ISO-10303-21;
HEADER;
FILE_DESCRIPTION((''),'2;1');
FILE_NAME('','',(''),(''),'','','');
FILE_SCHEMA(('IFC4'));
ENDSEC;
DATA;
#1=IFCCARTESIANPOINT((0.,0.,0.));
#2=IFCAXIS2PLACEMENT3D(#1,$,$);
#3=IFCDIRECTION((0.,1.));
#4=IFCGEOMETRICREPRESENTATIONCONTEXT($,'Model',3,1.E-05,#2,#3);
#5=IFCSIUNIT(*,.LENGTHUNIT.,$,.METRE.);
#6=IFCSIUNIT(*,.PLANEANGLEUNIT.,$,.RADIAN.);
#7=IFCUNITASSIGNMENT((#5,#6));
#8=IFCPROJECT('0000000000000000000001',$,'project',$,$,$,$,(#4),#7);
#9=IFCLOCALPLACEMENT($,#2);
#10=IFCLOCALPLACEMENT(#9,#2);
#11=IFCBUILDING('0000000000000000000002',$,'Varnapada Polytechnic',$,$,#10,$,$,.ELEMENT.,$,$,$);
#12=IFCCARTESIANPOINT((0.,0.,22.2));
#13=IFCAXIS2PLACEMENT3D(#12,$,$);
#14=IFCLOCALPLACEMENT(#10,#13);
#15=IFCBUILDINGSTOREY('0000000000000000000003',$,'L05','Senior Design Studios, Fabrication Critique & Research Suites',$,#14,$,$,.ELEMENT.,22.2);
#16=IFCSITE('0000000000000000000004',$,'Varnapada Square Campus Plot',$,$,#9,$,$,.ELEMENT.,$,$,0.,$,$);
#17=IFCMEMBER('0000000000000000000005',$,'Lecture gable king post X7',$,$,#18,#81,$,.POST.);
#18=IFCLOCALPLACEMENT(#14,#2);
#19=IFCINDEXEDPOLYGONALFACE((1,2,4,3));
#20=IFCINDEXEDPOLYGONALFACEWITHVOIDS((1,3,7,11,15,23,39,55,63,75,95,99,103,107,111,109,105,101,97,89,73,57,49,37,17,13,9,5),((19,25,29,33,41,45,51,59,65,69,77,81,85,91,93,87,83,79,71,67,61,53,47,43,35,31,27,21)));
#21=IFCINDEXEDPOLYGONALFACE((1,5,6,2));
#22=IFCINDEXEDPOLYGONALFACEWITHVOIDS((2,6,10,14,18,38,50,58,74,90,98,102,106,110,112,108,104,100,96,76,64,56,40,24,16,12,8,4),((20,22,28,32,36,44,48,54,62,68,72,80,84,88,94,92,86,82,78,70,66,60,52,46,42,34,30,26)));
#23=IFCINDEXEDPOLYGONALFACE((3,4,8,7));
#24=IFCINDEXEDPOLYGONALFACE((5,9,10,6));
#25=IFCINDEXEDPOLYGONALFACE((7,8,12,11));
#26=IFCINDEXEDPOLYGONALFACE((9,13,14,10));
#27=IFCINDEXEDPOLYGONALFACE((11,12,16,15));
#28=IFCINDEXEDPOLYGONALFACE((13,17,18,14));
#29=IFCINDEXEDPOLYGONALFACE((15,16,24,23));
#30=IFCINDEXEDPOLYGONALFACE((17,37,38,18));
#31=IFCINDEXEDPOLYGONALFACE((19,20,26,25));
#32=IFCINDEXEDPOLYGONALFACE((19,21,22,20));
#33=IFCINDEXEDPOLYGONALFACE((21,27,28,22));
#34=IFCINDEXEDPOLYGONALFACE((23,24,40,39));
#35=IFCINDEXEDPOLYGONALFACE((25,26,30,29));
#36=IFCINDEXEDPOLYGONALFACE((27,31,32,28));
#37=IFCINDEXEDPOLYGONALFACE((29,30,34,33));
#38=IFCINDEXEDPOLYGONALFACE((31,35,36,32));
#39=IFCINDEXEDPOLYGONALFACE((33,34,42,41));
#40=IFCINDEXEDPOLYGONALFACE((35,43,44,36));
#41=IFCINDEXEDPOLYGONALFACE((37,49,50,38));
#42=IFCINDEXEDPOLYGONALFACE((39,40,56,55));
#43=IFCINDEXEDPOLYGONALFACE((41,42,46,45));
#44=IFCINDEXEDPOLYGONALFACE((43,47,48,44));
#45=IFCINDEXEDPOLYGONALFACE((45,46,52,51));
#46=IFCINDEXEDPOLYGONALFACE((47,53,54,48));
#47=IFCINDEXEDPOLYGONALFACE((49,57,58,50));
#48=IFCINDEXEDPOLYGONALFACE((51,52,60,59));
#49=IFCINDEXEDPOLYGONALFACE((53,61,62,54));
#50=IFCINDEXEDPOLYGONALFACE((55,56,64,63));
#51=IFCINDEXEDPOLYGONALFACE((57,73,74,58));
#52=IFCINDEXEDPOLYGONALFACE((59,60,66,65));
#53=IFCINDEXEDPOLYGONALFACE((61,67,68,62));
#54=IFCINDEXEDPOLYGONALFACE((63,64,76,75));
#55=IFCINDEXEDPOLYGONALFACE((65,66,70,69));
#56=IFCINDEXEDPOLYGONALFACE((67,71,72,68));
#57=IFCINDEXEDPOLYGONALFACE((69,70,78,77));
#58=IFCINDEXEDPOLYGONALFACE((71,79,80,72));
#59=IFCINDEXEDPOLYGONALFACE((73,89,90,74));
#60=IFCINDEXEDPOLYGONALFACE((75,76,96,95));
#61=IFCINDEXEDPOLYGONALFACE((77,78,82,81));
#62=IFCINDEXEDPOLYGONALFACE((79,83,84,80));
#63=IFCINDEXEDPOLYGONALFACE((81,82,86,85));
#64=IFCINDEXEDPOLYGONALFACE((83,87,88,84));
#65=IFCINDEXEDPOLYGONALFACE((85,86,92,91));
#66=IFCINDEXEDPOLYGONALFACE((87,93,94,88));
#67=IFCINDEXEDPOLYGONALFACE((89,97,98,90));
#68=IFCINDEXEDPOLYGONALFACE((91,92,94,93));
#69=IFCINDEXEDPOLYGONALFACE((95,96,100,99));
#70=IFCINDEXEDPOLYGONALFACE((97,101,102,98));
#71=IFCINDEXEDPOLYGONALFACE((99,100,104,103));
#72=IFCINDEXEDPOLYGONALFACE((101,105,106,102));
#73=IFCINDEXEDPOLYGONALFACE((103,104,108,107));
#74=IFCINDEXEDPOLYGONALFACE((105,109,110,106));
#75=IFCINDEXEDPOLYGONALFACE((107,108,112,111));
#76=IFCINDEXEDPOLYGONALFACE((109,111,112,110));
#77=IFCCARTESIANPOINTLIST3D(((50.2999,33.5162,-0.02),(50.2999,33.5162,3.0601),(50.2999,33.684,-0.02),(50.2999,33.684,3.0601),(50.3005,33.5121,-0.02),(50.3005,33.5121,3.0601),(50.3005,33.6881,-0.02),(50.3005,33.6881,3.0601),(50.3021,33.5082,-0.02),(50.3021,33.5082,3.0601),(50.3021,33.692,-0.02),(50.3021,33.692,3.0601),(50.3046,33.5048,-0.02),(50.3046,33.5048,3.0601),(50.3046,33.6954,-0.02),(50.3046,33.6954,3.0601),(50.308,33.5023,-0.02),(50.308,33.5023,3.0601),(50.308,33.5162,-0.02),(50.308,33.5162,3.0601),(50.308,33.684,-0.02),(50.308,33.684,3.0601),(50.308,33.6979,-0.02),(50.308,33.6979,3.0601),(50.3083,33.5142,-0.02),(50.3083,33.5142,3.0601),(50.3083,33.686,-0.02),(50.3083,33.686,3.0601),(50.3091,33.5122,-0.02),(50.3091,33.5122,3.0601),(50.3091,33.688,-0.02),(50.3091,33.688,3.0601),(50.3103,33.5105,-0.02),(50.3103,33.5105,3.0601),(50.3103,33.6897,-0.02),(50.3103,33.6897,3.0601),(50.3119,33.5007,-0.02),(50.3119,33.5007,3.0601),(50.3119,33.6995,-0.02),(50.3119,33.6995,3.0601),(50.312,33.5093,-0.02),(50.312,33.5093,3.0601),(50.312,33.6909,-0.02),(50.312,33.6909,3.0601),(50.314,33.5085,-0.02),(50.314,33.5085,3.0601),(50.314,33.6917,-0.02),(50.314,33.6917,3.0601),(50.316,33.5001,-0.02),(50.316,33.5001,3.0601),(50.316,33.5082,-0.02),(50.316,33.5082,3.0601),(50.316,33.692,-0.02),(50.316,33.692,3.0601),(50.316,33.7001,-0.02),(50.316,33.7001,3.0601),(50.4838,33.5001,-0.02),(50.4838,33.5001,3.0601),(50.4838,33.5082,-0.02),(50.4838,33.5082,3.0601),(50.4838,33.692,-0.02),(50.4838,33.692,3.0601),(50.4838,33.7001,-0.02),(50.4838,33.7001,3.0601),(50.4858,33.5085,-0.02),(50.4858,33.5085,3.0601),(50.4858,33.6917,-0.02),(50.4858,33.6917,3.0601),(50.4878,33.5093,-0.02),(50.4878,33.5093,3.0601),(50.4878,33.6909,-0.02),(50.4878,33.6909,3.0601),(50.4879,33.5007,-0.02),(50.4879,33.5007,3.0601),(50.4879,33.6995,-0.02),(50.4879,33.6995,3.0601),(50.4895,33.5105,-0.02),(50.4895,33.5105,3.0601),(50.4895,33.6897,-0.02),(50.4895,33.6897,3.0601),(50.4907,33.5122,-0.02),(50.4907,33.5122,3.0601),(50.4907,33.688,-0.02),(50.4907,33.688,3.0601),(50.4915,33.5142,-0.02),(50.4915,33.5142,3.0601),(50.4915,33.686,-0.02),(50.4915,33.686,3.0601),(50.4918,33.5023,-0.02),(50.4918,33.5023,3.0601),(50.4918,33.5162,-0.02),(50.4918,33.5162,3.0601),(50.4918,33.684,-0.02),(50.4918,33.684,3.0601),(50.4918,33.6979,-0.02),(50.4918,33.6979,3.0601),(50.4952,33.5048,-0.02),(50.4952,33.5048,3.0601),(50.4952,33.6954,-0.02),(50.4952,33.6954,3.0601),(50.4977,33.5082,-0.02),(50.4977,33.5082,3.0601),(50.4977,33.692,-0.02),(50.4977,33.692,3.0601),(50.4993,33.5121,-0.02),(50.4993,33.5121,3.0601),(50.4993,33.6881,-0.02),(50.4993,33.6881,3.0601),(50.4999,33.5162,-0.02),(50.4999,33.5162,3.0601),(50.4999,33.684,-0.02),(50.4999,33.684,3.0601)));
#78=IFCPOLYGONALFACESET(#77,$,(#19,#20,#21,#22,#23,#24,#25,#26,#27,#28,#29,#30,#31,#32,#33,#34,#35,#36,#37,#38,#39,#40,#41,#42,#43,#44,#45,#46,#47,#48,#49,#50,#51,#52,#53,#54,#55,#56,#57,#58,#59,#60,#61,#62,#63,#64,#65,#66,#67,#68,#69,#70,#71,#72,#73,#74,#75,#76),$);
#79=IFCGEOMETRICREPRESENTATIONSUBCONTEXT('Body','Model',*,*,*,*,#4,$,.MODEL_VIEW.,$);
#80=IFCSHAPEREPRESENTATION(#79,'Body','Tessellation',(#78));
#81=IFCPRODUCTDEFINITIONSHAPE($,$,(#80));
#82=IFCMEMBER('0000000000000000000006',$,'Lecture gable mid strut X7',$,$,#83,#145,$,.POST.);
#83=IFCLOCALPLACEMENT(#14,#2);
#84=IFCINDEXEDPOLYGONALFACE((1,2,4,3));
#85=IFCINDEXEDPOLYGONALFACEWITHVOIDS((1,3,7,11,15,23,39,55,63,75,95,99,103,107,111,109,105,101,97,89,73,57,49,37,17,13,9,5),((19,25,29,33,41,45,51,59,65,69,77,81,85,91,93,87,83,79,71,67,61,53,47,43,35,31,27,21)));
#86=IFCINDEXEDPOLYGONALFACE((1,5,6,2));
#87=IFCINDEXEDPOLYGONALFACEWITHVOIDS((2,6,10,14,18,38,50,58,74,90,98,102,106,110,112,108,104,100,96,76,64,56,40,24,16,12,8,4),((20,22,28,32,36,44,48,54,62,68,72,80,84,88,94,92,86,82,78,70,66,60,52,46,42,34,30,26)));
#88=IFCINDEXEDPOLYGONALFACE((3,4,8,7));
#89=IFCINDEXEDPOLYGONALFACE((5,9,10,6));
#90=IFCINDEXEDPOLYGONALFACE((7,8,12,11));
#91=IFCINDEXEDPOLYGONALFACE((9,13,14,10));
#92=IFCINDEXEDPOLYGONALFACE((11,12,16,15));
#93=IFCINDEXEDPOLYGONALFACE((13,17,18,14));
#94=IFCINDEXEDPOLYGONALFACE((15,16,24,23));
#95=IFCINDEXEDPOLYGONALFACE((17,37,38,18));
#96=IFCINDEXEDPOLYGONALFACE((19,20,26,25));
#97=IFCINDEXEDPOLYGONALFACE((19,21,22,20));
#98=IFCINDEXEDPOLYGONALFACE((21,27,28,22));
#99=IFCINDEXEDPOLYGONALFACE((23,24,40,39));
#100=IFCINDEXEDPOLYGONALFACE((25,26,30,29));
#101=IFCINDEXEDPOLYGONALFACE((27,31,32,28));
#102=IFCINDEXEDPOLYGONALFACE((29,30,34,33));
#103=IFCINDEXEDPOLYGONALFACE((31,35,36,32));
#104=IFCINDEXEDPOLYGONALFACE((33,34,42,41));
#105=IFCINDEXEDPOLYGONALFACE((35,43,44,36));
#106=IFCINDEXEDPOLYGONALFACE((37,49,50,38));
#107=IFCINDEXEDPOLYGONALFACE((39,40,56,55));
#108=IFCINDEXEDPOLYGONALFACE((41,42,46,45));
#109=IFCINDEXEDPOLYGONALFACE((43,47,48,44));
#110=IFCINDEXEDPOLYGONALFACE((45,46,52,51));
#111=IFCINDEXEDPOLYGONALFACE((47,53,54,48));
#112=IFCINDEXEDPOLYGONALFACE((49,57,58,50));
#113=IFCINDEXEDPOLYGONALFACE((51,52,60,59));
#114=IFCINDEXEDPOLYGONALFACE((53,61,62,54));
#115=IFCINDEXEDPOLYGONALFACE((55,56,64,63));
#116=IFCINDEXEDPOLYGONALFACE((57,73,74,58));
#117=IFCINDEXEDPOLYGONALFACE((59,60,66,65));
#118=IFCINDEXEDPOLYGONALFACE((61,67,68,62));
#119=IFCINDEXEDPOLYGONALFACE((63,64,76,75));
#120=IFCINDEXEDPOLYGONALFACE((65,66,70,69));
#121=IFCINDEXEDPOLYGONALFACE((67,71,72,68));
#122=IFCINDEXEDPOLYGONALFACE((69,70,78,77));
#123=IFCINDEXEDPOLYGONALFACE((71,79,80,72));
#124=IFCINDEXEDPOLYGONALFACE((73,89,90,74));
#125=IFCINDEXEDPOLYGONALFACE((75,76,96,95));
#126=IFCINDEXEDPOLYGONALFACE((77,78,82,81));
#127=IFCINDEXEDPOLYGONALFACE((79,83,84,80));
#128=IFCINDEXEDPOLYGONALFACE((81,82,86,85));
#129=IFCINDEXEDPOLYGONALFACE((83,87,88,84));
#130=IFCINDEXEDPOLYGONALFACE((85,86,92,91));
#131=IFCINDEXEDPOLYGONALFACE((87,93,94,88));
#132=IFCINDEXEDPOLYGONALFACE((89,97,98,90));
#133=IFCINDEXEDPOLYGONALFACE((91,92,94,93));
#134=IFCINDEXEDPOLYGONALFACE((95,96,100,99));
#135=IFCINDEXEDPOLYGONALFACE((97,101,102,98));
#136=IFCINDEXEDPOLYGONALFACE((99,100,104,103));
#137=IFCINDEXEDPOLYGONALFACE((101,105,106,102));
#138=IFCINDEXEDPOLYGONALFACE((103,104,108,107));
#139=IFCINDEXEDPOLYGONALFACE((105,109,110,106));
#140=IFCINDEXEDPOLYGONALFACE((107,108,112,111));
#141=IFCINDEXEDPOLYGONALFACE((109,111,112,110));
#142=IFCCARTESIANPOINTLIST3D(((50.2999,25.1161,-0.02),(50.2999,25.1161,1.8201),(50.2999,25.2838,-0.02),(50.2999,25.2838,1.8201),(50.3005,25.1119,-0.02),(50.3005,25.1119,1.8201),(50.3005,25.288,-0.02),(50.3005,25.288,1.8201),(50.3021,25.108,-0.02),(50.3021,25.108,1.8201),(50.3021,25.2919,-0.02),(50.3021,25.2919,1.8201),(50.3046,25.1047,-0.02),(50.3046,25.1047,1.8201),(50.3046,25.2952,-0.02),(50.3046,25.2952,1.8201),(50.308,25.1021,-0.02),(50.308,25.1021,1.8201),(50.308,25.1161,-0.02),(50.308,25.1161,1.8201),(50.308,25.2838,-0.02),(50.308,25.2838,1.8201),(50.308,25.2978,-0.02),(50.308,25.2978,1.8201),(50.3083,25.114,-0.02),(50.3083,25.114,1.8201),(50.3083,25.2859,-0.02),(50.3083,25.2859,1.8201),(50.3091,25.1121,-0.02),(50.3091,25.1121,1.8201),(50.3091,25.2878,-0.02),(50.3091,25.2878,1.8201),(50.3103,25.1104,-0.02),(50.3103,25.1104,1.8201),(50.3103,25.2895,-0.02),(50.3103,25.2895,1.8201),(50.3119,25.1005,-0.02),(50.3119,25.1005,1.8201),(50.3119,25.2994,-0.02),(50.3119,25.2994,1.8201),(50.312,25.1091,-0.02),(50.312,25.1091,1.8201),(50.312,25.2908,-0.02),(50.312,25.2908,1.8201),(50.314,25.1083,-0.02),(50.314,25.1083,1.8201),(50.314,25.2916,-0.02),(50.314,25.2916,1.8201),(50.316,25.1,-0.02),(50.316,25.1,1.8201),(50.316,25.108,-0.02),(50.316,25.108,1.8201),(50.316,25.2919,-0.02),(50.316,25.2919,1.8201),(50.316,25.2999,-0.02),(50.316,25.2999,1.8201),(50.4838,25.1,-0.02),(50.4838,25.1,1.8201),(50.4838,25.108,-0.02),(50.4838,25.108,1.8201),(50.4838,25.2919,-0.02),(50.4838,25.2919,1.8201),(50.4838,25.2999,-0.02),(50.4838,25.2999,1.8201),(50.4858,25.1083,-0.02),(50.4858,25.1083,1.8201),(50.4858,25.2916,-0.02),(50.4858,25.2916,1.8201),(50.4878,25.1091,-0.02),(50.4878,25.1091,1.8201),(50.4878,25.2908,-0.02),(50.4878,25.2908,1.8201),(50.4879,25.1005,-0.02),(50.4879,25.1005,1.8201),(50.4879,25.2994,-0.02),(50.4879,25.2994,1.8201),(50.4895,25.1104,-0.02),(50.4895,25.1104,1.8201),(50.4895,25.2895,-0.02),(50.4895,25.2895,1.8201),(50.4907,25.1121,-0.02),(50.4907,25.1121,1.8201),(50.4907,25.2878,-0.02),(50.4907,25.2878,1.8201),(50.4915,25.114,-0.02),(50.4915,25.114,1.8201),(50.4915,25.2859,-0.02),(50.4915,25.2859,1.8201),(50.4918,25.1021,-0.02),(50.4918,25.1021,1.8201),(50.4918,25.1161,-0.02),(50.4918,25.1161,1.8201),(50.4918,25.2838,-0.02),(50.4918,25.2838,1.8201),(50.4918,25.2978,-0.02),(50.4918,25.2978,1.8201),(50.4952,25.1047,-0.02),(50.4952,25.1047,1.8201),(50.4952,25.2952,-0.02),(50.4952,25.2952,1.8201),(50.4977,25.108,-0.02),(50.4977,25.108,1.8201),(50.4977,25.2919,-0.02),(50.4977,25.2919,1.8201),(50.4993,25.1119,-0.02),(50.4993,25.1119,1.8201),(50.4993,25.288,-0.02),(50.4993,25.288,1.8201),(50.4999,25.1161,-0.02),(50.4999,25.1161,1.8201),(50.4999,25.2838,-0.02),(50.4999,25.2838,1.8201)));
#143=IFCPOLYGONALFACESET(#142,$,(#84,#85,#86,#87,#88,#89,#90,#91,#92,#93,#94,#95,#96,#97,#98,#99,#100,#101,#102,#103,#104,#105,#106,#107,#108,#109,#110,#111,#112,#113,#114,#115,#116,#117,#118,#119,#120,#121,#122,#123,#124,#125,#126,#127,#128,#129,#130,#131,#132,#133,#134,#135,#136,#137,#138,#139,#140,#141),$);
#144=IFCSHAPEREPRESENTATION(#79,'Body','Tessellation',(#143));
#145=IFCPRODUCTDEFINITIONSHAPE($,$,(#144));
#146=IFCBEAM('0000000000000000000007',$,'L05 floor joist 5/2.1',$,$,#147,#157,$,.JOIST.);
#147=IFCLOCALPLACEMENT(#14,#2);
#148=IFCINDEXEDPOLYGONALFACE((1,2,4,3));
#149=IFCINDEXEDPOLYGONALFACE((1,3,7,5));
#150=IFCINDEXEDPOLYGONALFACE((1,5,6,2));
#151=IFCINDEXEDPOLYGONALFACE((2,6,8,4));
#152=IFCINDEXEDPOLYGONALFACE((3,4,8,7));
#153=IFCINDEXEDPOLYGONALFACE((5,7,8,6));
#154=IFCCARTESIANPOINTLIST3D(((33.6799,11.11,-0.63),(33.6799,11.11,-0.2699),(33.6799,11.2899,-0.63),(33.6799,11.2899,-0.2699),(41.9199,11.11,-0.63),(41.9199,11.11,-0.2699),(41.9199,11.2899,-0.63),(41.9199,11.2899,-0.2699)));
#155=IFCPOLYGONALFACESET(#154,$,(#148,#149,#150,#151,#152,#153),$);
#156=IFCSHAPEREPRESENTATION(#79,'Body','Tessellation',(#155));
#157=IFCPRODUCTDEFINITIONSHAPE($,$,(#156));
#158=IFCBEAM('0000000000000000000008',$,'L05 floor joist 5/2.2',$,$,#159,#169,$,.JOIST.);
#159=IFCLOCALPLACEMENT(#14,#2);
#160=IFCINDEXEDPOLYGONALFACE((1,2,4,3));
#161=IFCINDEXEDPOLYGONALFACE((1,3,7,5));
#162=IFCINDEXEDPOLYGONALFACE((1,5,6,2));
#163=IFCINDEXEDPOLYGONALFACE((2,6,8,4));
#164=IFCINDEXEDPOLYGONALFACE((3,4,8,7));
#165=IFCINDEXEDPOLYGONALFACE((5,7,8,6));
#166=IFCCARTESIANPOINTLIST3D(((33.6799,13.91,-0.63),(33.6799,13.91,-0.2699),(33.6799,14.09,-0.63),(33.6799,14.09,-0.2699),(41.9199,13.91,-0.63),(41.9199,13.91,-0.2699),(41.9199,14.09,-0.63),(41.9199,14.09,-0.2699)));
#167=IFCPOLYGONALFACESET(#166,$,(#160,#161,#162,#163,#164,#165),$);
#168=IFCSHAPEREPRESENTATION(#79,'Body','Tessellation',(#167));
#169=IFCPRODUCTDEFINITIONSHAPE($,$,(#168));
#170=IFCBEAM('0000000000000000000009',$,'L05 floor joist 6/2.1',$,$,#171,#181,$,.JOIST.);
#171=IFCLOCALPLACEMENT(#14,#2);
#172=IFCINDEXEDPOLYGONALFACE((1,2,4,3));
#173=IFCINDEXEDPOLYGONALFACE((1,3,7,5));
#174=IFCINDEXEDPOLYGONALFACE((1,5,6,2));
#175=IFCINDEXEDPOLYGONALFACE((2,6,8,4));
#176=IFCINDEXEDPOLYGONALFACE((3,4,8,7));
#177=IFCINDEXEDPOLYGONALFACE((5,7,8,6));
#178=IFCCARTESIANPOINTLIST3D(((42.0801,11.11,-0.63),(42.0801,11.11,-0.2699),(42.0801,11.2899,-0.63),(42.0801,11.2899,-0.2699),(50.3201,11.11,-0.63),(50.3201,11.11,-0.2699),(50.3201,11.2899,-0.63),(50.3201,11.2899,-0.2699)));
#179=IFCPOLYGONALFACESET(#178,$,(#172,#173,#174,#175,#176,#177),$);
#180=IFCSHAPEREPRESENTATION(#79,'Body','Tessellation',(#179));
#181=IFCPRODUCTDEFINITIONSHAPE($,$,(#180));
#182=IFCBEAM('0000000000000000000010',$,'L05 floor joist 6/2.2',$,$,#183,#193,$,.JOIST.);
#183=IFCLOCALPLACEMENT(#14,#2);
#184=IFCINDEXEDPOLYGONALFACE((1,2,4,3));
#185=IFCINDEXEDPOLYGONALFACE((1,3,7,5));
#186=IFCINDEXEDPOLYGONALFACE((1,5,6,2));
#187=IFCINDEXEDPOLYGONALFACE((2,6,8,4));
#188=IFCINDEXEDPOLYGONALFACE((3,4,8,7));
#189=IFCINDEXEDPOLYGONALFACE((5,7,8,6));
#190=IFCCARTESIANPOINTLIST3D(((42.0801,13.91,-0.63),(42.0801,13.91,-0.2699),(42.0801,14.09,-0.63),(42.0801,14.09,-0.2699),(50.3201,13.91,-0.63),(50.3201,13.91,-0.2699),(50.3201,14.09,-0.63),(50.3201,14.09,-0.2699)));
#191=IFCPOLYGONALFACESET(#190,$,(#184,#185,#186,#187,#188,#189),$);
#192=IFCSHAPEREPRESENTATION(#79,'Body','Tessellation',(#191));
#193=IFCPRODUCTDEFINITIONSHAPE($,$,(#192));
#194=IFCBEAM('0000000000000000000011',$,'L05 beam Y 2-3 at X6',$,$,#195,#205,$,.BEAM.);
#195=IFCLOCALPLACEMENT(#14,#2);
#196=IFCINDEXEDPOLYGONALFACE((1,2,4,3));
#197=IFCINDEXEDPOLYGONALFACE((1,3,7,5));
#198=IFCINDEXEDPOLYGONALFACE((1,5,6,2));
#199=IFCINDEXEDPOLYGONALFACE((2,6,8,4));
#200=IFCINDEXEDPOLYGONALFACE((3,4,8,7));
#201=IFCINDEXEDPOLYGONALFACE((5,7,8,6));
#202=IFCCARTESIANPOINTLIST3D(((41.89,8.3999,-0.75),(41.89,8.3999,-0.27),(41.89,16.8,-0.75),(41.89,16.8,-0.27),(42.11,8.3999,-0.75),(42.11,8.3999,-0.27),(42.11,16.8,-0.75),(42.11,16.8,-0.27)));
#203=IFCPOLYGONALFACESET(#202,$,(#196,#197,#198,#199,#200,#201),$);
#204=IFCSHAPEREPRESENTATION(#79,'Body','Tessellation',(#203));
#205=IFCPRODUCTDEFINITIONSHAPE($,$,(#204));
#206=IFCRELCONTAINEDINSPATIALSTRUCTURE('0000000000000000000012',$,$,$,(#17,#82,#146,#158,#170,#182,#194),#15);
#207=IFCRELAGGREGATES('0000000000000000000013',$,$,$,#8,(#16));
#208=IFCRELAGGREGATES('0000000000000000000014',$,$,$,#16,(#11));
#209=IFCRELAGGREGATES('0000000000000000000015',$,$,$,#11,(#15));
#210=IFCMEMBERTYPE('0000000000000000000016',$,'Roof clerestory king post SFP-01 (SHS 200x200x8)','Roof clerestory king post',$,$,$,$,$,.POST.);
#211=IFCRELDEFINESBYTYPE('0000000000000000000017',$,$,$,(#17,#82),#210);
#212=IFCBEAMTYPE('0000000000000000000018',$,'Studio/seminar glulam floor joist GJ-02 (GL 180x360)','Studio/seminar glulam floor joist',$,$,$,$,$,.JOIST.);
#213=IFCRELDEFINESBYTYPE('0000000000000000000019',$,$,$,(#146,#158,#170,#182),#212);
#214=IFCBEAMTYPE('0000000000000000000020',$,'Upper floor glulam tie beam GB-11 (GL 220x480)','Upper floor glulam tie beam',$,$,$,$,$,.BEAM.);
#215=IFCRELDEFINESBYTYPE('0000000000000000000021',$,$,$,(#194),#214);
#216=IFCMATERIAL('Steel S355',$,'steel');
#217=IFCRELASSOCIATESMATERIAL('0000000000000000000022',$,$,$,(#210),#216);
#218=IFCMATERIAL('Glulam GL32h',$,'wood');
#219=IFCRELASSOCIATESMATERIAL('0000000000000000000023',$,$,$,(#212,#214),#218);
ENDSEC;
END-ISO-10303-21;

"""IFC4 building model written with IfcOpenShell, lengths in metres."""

from ifc_helpers import new_model, si_unit, direction, frame, origin, origin_2d, place, context, subcontext, project, spatial, rectangle, hollow_rectangle, extrude, material, material_profile, profile_set, type_object, element, save


model = new_model("IFC4")

# Units and contexts
model_context = context("Model", 3, precision=1e-05, world=origin(), true_north=direction((0.0, 1.0)))
body_context = subcontext(model_context, "Body", "Model", "MODEL_VIEW")
ifc_project = project(units=[si_unit("LENGTHUNIT", "METRE"), si_unit("PLANEANGLEUNIT", "RADIAN")], contexts=[model_context])

# Site, building, storey
site_placement = place(None, origin())
site = spatial("IfcSite", under=ifc_project, at=site_placement, Name="Varnapada Square Campus Plot", CompositionType="ELEMENT", RefElevation=0.0)
building_placement = place(site_placement, origin())
building = spatial("IfcBuilding", under=site, at=building_placement, Name="Varnapada Polytechnic", CompositionType="ELEMENT")
storey_placement = place(building_placement, frame((0.0, 0.0, 22.2)))
storey = spatial("IfcBuildingStorey", under=building, at=storey_placement, Name="L05", Description="Senior Design Studios, Fabrication Critique & Research Suites", CompositionType="ELEMENT", Elevation=22.2)

# Shared definitions
ifc_material_1 = material(Name="Steel S355", Category="steel")

# Shared definitions
ifc_material_2 = material(Name="Glulam GL32h", Category="wood")

# Members
ifc_material_profile_1 = material_profile(ifc_material_1, hollow_rectangle(XDim=0.2, YDim=0.2, WallThickness=0.0081, InnerFilletRadius=0.0081, OuterFilletRadius=0.0161, at=origin_2d()), Name="SHS 200x200x8")
ifc_profile_set_1 = profile_set([ifc_material_profile_1], Name="Steel S355")
member_type_1 = type_object("IfcMemberType", Name="Roof clerestory king post SFP-01 (SHS 200x200x8)", Description="Roof clerestory king post", PredefinedType="POST", material=ifc_profile_set_1)
member_1_placement = place(storey_placement, frame((50.3999, 33.6001, -0.02), z_axis=(0.0, 0.0, 1.0), x_axis=(1.0, 0.0, 0.0)))
element("IfcMember", 1, at=member_1_placement, inside=storey, type_object=member_type_1, Name="Lecture gable king post X7", PredefinedType="POST", context=body_context, shape_type="SweptSolid", body=[
    extrude(hollow_rectangle(XDim=0.2, YDim=0.2, WallThickness=0.0081, InnerFilletRadius=0.0081, OuterFilletRadius=0.0161, at=origin_2d()), origin(), (0.0, 0.0, 1.0), 3.0801),
])
member_2_placement = place(storey_placement, frame((50.3999, 25.2, -0.02), z_axis=(0.0, 0.0, 1.0), x_axis=(1.0, 0.0, 0.0)))
element("IfcMember", 2, at=member_2_placement, inside=storey, type_object=member_type_1, Name="Lecture gable mid strut X7", PredefinedType="POST", context=body_context, shape_type="SweptSolid", body=[
    extrude(hollow_rectangle(XDim=0.2, YDim=0.2, WallThickness=0.0081, InnerFilletRadius=0.0081, OuterFilletRadius=0.0161, at=origin_2d()), origin(), (0.0, 0.0, 1.0), 1.8401),
])

# Beams
ifc_material_profile_2 = material_profile(ifc_material_2, rectangle(XDim=0.1799, YDim=0.3601, at=origin_2d()), Name="GL 180x360")
ifc_profile_set_2 = profile_set([ifc_material_profile_2], Name="Glulam GL32h")
beam_type_1 = type_object("IfcBeamType", Name="Studio/seminar glulam floor joist GJ-02 (GL 180x360)", Description="Studio/seminar glulam floor joist", PredefinedType="JOIST", material=ifc_profile_set_2)
for number, where, z_axis, x_axis, name in (
    (3, (33.6799, 11.2, -0.45), (1.0, 0.0, 0.0), (0.0, 1.0, 0.0), "L05 floor joist 5/2.1"),
    (4, (33.6799, 14.0, -0.45), (1.0, 0.0, 0.0), (0.0, 1.0, 0.0), "L05 floor joist 5/2.2"),
    (5, (42.0801, 11.2, -0.45), (1.0, 0.0, 0.0), (0.0, 1.0, 0.0), "L05 floor joist 6/2.1"),
    (6, (42.0801, 14.0, -0.45), (1.0, 0.0, 0.0), (0.0, 1.0, 0.0), "L05 floor joist 6/2.2"),
):
    element("IfcBeam", number, at=place(storey_placement, frame(where, z_axis=z_axis, x_axis=x_axis)), inside=storey, type_object=beam_type_1, Name=name, PredefinedType="JOIST", context=body_context, shape_type="SweptSolid", body=[
        extrude(rectangle(XDim=0.1799, YDim=0.3601, at=origin_2d()), origin(), (0.0, 0.0, 1.0), 8.24),
    ])
ifc_material_profile_3 = material_profile(ifc_material_2, rectangle(XDim=0.22, YDim=0.48, at=origin_2d()), Name="GL 220x480")
ifc_profile_set_3 = profile_set([ifc_material_profile_3], Name="Glulam GL32h")
beam_type_2 = type_object("IfcBeamType", Name="Upper floor glulam tie beam GB-11 (GL 220x480)", Description="Upper floor glulam tie beam", PredefinedType="BEAM", material=ifc_profile_set_3)
beam_1_placement = place(storey_placement, frame((42.0, 8.3999, -0.51), z_axis=(0.0, 1.0, 0.0), x_axis=(-1.0, 0.0, 0.0)))
element("IfcBeam", 7, at=beam_1_placement, inside=storey, type_object=beam_type_2, Name="L05 beam Y 2-3 at X6", PredefinedType="BEAM", context=body_context, shape_type="SweptSolid", body=[
    extrude(rectangle(XDim=0.22, YDim=0.48, at=origin_2d()), origin(), (0.0, 0.0, 1.0), 8.4001),
])

save(model, "model.ifc")
